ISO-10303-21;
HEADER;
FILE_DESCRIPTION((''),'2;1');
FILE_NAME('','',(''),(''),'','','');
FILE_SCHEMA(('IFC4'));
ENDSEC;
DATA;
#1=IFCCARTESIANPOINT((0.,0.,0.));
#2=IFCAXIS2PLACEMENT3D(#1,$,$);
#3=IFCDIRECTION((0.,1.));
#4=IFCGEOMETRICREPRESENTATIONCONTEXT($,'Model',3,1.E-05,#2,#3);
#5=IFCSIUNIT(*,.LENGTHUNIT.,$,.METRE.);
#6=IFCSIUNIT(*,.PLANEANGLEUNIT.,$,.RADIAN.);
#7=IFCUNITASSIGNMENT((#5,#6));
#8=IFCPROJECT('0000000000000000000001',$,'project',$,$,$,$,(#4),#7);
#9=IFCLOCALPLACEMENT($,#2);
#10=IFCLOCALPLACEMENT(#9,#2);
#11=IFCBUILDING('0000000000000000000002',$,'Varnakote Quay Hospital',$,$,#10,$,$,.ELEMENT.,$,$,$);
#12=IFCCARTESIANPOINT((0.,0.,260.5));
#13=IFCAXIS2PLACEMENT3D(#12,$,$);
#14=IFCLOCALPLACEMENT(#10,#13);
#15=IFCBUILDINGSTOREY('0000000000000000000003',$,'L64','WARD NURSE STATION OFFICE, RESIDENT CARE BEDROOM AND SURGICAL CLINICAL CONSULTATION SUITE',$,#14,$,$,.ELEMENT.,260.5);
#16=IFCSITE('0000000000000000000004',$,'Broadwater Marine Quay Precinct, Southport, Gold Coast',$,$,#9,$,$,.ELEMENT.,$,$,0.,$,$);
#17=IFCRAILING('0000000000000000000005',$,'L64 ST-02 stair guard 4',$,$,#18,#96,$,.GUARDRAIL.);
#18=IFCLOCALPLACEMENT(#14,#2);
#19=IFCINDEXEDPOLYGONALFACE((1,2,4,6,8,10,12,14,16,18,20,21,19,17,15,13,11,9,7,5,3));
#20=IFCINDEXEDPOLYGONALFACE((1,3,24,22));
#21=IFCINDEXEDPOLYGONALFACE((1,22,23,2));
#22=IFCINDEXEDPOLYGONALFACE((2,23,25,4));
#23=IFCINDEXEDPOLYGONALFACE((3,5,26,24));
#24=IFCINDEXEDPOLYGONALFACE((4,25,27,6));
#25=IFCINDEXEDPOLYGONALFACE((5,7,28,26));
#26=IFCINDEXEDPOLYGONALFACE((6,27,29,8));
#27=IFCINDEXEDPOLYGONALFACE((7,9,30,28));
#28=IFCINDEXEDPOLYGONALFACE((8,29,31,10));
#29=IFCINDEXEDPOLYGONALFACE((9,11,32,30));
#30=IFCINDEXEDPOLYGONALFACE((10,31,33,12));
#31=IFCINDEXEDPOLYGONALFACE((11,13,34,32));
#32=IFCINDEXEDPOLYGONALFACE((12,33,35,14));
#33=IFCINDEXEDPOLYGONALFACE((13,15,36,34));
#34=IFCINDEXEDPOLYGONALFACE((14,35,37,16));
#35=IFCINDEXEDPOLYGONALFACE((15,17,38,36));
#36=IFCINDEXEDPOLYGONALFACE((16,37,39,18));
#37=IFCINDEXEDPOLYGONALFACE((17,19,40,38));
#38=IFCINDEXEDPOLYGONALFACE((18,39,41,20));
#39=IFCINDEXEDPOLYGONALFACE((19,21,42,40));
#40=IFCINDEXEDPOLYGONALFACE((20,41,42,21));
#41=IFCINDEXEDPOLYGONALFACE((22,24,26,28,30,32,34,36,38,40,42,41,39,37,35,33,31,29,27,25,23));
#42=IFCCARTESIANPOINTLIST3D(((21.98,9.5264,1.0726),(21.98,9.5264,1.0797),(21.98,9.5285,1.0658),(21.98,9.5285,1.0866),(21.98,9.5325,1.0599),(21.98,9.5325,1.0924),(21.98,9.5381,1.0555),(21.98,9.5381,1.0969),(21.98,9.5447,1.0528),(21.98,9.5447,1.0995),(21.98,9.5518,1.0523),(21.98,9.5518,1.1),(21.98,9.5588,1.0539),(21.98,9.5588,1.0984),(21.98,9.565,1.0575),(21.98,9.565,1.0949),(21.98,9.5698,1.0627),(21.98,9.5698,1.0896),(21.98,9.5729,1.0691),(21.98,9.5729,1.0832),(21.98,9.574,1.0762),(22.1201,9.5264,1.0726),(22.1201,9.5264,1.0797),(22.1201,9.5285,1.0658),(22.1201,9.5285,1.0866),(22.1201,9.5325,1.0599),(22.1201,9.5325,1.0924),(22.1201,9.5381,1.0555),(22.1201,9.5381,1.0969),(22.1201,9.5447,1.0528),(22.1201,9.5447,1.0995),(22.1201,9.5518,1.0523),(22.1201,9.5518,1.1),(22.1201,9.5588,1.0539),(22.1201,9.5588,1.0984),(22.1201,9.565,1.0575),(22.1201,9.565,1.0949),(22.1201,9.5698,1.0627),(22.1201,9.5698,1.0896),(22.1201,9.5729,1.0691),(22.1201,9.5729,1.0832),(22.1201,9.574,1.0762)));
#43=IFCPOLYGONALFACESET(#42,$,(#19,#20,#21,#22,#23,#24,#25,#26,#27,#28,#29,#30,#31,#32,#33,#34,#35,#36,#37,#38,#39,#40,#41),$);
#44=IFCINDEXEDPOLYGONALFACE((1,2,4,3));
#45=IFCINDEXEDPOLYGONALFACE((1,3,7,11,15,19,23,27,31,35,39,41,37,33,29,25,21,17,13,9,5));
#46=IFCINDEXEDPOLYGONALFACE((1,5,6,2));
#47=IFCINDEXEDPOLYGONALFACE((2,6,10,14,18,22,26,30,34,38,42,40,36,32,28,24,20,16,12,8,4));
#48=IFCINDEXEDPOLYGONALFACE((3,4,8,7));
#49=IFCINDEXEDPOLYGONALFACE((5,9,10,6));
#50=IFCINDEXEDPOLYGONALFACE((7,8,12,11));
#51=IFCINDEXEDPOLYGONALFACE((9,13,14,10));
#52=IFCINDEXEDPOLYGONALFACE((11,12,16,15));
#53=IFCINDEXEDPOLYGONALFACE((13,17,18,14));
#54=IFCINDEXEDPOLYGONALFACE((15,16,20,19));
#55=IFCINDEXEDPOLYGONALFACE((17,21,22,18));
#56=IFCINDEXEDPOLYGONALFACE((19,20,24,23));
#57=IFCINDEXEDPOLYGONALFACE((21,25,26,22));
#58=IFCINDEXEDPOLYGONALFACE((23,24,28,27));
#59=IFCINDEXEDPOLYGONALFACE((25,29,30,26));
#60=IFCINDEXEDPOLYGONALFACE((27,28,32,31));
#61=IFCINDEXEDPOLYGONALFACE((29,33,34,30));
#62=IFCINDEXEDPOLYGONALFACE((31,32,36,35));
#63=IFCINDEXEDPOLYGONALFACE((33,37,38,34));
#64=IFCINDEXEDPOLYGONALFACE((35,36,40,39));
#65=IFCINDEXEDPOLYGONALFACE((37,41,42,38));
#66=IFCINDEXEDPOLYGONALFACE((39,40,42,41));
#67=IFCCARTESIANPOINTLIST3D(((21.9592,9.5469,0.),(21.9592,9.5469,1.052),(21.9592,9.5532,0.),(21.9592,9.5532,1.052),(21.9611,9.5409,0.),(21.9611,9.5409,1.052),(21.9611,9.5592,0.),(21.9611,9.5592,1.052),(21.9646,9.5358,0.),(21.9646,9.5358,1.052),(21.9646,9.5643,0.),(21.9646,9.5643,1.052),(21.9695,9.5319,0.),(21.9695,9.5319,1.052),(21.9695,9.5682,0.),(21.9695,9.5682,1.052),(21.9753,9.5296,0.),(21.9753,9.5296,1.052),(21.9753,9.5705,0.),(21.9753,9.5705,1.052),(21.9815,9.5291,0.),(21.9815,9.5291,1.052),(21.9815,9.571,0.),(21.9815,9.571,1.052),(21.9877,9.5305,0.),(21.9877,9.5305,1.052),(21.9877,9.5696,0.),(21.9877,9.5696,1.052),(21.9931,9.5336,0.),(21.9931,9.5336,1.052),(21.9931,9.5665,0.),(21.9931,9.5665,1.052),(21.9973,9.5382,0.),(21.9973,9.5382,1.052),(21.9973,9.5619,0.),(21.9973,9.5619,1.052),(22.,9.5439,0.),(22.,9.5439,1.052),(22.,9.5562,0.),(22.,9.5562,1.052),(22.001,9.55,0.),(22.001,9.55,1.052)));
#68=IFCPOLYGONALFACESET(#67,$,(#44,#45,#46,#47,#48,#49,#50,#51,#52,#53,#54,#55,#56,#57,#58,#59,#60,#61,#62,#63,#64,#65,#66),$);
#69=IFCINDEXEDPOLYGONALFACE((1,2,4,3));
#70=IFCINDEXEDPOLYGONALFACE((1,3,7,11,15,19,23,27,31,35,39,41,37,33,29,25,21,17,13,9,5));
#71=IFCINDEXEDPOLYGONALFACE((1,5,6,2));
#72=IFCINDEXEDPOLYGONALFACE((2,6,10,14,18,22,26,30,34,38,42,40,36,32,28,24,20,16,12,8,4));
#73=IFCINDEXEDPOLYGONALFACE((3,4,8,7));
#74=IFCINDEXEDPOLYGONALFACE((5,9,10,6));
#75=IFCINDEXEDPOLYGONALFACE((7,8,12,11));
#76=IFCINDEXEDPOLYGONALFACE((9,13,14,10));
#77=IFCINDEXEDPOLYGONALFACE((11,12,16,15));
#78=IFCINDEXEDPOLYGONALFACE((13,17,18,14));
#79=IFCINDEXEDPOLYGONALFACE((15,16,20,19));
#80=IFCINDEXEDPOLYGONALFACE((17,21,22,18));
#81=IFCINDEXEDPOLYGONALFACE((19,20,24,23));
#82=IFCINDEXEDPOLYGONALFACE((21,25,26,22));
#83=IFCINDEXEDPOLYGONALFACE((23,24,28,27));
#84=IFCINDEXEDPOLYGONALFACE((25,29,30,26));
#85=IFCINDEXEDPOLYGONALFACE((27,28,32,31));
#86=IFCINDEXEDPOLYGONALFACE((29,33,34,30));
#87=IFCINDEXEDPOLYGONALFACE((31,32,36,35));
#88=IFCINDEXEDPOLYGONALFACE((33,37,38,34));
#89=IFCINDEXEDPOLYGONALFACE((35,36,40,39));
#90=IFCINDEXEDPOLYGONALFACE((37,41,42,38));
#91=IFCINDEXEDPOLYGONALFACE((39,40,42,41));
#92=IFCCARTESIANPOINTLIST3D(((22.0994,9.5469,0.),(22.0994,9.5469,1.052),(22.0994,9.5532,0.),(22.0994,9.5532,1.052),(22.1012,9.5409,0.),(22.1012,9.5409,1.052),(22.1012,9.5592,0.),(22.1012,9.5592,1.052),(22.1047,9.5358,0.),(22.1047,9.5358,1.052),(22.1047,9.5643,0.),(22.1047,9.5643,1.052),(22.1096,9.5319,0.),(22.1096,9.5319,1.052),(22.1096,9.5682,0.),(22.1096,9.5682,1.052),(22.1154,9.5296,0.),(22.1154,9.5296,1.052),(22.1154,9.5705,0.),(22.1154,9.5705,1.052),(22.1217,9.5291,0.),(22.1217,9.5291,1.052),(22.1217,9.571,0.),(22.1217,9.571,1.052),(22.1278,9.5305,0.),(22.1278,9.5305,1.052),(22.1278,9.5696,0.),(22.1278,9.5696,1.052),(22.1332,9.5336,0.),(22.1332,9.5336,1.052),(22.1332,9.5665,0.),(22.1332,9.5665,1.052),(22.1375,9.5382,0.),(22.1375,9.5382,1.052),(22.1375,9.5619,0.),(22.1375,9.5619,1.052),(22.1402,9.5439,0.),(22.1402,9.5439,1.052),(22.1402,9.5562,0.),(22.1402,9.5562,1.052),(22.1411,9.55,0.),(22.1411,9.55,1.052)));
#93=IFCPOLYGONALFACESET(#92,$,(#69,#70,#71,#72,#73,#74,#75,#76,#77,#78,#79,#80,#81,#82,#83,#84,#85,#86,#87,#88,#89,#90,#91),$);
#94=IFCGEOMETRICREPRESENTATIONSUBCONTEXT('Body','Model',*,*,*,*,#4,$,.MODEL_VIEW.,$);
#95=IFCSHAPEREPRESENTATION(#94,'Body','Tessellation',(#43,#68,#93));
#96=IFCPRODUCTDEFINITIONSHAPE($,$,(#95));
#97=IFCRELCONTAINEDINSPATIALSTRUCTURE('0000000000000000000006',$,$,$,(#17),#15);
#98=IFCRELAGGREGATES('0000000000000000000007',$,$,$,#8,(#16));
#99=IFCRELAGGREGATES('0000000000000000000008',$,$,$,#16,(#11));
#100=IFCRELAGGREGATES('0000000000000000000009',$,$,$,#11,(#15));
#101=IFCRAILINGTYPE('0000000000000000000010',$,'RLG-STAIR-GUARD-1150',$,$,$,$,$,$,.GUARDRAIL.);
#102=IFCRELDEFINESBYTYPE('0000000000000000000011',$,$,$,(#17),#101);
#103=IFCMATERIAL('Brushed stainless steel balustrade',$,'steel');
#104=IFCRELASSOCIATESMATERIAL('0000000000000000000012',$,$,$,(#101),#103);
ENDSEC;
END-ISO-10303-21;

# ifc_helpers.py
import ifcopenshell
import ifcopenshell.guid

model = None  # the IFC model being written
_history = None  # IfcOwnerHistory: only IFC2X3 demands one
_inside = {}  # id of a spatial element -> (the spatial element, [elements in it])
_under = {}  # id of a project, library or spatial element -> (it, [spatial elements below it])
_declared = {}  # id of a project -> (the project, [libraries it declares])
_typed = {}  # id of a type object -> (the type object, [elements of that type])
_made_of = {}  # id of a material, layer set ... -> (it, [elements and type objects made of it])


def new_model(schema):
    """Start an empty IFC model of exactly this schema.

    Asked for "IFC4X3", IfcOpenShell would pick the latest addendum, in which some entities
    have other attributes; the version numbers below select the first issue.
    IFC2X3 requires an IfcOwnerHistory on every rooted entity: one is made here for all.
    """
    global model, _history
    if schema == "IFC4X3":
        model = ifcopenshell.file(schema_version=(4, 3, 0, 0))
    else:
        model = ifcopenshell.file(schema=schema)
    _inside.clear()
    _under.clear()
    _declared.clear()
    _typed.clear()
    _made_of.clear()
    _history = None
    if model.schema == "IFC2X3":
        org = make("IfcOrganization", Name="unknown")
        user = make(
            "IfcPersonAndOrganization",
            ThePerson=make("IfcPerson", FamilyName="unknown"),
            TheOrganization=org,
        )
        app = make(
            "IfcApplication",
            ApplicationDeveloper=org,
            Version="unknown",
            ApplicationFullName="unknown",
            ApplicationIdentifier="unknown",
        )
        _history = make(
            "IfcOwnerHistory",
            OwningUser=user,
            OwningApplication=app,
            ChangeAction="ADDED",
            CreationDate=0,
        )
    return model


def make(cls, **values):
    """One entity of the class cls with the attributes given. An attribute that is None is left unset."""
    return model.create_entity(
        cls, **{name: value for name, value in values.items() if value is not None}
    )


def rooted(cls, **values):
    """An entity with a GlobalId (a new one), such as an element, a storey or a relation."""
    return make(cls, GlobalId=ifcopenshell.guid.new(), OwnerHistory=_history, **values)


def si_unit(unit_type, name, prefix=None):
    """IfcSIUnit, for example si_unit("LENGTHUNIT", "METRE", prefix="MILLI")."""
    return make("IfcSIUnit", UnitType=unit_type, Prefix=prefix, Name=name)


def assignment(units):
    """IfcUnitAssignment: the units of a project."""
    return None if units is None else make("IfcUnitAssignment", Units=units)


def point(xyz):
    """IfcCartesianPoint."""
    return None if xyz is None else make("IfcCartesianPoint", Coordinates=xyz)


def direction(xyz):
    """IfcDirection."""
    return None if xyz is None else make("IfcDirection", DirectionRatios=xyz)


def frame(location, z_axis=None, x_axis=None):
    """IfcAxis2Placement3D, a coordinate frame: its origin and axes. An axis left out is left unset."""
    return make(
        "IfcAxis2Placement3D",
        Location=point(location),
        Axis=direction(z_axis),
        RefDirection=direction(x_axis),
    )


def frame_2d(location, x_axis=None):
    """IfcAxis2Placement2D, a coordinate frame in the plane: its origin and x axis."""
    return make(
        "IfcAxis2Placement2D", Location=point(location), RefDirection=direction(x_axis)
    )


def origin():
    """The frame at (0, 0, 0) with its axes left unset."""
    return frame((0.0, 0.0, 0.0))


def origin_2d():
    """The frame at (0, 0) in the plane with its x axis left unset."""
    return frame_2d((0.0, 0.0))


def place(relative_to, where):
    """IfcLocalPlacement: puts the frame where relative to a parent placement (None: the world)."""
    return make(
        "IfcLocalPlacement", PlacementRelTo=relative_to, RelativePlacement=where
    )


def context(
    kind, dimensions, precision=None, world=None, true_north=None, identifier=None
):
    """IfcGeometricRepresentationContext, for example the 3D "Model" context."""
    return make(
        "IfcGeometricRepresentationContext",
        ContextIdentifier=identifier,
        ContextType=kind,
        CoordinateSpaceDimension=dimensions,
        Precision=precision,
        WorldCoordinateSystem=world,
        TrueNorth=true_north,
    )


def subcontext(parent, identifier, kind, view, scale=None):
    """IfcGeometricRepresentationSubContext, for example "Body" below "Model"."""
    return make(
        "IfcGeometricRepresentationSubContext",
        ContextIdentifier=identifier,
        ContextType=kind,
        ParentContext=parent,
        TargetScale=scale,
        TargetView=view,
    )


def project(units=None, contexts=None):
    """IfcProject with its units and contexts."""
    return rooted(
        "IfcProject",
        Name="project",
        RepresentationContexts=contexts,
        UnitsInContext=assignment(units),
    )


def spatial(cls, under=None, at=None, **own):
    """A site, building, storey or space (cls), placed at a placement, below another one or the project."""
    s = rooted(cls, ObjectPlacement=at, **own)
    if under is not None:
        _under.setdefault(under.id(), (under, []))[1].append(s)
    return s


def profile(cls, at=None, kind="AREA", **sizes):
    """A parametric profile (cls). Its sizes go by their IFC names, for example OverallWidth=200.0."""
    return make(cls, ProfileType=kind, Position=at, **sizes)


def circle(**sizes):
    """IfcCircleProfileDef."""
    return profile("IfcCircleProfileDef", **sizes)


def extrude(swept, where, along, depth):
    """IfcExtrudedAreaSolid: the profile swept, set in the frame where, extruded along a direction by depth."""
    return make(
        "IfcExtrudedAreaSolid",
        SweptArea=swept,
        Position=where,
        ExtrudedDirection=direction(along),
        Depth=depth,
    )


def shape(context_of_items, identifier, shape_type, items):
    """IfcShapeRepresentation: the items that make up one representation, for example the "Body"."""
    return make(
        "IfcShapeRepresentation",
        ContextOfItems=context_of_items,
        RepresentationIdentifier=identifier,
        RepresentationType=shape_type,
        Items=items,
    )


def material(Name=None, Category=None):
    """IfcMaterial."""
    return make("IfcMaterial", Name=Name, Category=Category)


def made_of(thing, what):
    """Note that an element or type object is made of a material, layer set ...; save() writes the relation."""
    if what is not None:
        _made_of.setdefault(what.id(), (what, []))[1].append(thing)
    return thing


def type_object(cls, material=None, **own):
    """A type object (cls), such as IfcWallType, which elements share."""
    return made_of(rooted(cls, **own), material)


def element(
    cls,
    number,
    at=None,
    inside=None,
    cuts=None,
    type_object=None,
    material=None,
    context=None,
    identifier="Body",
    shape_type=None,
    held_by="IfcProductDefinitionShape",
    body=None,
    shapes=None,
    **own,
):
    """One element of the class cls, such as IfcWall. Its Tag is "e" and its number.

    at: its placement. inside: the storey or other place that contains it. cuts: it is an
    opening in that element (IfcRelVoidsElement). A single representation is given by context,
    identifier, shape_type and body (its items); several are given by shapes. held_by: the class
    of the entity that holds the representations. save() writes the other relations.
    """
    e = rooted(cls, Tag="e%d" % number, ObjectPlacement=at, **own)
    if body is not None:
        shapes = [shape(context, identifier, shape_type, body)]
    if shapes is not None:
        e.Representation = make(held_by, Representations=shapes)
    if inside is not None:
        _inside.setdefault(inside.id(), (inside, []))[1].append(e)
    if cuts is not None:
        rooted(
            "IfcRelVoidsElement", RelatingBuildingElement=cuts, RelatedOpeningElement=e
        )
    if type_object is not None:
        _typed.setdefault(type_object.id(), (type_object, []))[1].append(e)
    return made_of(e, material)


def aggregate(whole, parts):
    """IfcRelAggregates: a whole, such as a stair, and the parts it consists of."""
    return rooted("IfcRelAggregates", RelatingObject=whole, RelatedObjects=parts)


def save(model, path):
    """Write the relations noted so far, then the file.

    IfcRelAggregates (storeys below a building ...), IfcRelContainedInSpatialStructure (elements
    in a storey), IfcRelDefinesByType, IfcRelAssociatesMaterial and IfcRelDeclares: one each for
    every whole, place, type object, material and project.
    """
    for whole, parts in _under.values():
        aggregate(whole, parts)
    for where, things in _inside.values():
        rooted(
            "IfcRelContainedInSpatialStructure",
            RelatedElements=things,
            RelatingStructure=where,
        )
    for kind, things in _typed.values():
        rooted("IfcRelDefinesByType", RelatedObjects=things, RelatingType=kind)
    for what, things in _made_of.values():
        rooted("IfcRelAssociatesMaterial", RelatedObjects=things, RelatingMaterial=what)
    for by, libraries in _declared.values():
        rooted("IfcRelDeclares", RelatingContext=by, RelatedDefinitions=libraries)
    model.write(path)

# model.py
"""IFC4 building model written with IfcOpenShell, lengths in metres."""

from ifc_helpers import new_model, si_unit, direction, frame, origin, origin_2d, place, context, subcontext, project, spatial, circle, extrude, material, type_object, element, save


model = new_model("IFC4")

# Units and contexts
model_context = context("Model", 3, precision=1e-05, world=origin(), true_north=direction((0.0, 1.0)))
body_context = subcontext(model_context, "Body", "Model", "MODEL_VIEW")
ifc_project = project(units=[si_unit("LENGTHUNIT", "METRE"), si_unit("PLANEANGLEUNIT", "RADIAN")], contexts=[model_context])

# Site, building, storey
site_placement = place(None, origin())
site = spatial("IfcSite", under=ifc_project, at=site_placement, Name="Broadwater Marine Quay Precinct, Southport, Gold Coast", CompositionType="ELEMENT", RefElevation=0.0)
building_placement = place(site_placement, origin())
building = spatial("IfcBuilding", under=site, at=building_placement, Name="Varnakote Quay Hospital", CompositionType="ELEMENT")
storey_placement = place(building_placement, frame((0.0, 0.0, 260.5)))
storey = spatial("IfcBuildingStorey", under=building, at=storey_placement, Name="L64", Description="WARD NURSE STATION OFFICE, RESIDENT CARE BEDROOM AND SURGICAL CLINICAL CONSULTATION SUITE", CompositionType="ELEMENT", Elevation=260.5)

# Railing
ifc_material_1 = material(Name="Brushed stainless steel balustrade", Category="steel")
railing_type_1 = type_object("IfcRailingType", Name="RLG-STAIR-GUARD-1150", PredefinedType="GUARDRAIL", material=ifc_material_1)
railing_1_placement = place(storey_placement, frame((21.98, 9.55, 0.0)))
element("IfcRailing", 1, at=railing_1_placement, inside=storey, type_object=railing_type_1, Name="L64 ST-02 stair guard 4", PredefinedType="GUARDRAIL", context=body_context, shape_type="SweptSolid", body=[
    extrude(circle(Radius=0.0239, at=origin_2d()), frame((0.0, 0.0, 1.0762), z_axis=(1.0, 0.0, 0.0), x_axis=(0.0, 1.0, 0.0)), (0.0, 0.0, 1.0), 0.1401),
    extrude(circle(Radius=0.021, at=origin_2d()), origin(), (0.0, 0.0, 1.0), 1.052),
    extrude(circle(Radius=0.021, at=origin_2d()), frame((0.1401, 0.0, 0.0)), (0.0, 0.0, 1.0), 1.052),
])

save(model, "model.ifc")
